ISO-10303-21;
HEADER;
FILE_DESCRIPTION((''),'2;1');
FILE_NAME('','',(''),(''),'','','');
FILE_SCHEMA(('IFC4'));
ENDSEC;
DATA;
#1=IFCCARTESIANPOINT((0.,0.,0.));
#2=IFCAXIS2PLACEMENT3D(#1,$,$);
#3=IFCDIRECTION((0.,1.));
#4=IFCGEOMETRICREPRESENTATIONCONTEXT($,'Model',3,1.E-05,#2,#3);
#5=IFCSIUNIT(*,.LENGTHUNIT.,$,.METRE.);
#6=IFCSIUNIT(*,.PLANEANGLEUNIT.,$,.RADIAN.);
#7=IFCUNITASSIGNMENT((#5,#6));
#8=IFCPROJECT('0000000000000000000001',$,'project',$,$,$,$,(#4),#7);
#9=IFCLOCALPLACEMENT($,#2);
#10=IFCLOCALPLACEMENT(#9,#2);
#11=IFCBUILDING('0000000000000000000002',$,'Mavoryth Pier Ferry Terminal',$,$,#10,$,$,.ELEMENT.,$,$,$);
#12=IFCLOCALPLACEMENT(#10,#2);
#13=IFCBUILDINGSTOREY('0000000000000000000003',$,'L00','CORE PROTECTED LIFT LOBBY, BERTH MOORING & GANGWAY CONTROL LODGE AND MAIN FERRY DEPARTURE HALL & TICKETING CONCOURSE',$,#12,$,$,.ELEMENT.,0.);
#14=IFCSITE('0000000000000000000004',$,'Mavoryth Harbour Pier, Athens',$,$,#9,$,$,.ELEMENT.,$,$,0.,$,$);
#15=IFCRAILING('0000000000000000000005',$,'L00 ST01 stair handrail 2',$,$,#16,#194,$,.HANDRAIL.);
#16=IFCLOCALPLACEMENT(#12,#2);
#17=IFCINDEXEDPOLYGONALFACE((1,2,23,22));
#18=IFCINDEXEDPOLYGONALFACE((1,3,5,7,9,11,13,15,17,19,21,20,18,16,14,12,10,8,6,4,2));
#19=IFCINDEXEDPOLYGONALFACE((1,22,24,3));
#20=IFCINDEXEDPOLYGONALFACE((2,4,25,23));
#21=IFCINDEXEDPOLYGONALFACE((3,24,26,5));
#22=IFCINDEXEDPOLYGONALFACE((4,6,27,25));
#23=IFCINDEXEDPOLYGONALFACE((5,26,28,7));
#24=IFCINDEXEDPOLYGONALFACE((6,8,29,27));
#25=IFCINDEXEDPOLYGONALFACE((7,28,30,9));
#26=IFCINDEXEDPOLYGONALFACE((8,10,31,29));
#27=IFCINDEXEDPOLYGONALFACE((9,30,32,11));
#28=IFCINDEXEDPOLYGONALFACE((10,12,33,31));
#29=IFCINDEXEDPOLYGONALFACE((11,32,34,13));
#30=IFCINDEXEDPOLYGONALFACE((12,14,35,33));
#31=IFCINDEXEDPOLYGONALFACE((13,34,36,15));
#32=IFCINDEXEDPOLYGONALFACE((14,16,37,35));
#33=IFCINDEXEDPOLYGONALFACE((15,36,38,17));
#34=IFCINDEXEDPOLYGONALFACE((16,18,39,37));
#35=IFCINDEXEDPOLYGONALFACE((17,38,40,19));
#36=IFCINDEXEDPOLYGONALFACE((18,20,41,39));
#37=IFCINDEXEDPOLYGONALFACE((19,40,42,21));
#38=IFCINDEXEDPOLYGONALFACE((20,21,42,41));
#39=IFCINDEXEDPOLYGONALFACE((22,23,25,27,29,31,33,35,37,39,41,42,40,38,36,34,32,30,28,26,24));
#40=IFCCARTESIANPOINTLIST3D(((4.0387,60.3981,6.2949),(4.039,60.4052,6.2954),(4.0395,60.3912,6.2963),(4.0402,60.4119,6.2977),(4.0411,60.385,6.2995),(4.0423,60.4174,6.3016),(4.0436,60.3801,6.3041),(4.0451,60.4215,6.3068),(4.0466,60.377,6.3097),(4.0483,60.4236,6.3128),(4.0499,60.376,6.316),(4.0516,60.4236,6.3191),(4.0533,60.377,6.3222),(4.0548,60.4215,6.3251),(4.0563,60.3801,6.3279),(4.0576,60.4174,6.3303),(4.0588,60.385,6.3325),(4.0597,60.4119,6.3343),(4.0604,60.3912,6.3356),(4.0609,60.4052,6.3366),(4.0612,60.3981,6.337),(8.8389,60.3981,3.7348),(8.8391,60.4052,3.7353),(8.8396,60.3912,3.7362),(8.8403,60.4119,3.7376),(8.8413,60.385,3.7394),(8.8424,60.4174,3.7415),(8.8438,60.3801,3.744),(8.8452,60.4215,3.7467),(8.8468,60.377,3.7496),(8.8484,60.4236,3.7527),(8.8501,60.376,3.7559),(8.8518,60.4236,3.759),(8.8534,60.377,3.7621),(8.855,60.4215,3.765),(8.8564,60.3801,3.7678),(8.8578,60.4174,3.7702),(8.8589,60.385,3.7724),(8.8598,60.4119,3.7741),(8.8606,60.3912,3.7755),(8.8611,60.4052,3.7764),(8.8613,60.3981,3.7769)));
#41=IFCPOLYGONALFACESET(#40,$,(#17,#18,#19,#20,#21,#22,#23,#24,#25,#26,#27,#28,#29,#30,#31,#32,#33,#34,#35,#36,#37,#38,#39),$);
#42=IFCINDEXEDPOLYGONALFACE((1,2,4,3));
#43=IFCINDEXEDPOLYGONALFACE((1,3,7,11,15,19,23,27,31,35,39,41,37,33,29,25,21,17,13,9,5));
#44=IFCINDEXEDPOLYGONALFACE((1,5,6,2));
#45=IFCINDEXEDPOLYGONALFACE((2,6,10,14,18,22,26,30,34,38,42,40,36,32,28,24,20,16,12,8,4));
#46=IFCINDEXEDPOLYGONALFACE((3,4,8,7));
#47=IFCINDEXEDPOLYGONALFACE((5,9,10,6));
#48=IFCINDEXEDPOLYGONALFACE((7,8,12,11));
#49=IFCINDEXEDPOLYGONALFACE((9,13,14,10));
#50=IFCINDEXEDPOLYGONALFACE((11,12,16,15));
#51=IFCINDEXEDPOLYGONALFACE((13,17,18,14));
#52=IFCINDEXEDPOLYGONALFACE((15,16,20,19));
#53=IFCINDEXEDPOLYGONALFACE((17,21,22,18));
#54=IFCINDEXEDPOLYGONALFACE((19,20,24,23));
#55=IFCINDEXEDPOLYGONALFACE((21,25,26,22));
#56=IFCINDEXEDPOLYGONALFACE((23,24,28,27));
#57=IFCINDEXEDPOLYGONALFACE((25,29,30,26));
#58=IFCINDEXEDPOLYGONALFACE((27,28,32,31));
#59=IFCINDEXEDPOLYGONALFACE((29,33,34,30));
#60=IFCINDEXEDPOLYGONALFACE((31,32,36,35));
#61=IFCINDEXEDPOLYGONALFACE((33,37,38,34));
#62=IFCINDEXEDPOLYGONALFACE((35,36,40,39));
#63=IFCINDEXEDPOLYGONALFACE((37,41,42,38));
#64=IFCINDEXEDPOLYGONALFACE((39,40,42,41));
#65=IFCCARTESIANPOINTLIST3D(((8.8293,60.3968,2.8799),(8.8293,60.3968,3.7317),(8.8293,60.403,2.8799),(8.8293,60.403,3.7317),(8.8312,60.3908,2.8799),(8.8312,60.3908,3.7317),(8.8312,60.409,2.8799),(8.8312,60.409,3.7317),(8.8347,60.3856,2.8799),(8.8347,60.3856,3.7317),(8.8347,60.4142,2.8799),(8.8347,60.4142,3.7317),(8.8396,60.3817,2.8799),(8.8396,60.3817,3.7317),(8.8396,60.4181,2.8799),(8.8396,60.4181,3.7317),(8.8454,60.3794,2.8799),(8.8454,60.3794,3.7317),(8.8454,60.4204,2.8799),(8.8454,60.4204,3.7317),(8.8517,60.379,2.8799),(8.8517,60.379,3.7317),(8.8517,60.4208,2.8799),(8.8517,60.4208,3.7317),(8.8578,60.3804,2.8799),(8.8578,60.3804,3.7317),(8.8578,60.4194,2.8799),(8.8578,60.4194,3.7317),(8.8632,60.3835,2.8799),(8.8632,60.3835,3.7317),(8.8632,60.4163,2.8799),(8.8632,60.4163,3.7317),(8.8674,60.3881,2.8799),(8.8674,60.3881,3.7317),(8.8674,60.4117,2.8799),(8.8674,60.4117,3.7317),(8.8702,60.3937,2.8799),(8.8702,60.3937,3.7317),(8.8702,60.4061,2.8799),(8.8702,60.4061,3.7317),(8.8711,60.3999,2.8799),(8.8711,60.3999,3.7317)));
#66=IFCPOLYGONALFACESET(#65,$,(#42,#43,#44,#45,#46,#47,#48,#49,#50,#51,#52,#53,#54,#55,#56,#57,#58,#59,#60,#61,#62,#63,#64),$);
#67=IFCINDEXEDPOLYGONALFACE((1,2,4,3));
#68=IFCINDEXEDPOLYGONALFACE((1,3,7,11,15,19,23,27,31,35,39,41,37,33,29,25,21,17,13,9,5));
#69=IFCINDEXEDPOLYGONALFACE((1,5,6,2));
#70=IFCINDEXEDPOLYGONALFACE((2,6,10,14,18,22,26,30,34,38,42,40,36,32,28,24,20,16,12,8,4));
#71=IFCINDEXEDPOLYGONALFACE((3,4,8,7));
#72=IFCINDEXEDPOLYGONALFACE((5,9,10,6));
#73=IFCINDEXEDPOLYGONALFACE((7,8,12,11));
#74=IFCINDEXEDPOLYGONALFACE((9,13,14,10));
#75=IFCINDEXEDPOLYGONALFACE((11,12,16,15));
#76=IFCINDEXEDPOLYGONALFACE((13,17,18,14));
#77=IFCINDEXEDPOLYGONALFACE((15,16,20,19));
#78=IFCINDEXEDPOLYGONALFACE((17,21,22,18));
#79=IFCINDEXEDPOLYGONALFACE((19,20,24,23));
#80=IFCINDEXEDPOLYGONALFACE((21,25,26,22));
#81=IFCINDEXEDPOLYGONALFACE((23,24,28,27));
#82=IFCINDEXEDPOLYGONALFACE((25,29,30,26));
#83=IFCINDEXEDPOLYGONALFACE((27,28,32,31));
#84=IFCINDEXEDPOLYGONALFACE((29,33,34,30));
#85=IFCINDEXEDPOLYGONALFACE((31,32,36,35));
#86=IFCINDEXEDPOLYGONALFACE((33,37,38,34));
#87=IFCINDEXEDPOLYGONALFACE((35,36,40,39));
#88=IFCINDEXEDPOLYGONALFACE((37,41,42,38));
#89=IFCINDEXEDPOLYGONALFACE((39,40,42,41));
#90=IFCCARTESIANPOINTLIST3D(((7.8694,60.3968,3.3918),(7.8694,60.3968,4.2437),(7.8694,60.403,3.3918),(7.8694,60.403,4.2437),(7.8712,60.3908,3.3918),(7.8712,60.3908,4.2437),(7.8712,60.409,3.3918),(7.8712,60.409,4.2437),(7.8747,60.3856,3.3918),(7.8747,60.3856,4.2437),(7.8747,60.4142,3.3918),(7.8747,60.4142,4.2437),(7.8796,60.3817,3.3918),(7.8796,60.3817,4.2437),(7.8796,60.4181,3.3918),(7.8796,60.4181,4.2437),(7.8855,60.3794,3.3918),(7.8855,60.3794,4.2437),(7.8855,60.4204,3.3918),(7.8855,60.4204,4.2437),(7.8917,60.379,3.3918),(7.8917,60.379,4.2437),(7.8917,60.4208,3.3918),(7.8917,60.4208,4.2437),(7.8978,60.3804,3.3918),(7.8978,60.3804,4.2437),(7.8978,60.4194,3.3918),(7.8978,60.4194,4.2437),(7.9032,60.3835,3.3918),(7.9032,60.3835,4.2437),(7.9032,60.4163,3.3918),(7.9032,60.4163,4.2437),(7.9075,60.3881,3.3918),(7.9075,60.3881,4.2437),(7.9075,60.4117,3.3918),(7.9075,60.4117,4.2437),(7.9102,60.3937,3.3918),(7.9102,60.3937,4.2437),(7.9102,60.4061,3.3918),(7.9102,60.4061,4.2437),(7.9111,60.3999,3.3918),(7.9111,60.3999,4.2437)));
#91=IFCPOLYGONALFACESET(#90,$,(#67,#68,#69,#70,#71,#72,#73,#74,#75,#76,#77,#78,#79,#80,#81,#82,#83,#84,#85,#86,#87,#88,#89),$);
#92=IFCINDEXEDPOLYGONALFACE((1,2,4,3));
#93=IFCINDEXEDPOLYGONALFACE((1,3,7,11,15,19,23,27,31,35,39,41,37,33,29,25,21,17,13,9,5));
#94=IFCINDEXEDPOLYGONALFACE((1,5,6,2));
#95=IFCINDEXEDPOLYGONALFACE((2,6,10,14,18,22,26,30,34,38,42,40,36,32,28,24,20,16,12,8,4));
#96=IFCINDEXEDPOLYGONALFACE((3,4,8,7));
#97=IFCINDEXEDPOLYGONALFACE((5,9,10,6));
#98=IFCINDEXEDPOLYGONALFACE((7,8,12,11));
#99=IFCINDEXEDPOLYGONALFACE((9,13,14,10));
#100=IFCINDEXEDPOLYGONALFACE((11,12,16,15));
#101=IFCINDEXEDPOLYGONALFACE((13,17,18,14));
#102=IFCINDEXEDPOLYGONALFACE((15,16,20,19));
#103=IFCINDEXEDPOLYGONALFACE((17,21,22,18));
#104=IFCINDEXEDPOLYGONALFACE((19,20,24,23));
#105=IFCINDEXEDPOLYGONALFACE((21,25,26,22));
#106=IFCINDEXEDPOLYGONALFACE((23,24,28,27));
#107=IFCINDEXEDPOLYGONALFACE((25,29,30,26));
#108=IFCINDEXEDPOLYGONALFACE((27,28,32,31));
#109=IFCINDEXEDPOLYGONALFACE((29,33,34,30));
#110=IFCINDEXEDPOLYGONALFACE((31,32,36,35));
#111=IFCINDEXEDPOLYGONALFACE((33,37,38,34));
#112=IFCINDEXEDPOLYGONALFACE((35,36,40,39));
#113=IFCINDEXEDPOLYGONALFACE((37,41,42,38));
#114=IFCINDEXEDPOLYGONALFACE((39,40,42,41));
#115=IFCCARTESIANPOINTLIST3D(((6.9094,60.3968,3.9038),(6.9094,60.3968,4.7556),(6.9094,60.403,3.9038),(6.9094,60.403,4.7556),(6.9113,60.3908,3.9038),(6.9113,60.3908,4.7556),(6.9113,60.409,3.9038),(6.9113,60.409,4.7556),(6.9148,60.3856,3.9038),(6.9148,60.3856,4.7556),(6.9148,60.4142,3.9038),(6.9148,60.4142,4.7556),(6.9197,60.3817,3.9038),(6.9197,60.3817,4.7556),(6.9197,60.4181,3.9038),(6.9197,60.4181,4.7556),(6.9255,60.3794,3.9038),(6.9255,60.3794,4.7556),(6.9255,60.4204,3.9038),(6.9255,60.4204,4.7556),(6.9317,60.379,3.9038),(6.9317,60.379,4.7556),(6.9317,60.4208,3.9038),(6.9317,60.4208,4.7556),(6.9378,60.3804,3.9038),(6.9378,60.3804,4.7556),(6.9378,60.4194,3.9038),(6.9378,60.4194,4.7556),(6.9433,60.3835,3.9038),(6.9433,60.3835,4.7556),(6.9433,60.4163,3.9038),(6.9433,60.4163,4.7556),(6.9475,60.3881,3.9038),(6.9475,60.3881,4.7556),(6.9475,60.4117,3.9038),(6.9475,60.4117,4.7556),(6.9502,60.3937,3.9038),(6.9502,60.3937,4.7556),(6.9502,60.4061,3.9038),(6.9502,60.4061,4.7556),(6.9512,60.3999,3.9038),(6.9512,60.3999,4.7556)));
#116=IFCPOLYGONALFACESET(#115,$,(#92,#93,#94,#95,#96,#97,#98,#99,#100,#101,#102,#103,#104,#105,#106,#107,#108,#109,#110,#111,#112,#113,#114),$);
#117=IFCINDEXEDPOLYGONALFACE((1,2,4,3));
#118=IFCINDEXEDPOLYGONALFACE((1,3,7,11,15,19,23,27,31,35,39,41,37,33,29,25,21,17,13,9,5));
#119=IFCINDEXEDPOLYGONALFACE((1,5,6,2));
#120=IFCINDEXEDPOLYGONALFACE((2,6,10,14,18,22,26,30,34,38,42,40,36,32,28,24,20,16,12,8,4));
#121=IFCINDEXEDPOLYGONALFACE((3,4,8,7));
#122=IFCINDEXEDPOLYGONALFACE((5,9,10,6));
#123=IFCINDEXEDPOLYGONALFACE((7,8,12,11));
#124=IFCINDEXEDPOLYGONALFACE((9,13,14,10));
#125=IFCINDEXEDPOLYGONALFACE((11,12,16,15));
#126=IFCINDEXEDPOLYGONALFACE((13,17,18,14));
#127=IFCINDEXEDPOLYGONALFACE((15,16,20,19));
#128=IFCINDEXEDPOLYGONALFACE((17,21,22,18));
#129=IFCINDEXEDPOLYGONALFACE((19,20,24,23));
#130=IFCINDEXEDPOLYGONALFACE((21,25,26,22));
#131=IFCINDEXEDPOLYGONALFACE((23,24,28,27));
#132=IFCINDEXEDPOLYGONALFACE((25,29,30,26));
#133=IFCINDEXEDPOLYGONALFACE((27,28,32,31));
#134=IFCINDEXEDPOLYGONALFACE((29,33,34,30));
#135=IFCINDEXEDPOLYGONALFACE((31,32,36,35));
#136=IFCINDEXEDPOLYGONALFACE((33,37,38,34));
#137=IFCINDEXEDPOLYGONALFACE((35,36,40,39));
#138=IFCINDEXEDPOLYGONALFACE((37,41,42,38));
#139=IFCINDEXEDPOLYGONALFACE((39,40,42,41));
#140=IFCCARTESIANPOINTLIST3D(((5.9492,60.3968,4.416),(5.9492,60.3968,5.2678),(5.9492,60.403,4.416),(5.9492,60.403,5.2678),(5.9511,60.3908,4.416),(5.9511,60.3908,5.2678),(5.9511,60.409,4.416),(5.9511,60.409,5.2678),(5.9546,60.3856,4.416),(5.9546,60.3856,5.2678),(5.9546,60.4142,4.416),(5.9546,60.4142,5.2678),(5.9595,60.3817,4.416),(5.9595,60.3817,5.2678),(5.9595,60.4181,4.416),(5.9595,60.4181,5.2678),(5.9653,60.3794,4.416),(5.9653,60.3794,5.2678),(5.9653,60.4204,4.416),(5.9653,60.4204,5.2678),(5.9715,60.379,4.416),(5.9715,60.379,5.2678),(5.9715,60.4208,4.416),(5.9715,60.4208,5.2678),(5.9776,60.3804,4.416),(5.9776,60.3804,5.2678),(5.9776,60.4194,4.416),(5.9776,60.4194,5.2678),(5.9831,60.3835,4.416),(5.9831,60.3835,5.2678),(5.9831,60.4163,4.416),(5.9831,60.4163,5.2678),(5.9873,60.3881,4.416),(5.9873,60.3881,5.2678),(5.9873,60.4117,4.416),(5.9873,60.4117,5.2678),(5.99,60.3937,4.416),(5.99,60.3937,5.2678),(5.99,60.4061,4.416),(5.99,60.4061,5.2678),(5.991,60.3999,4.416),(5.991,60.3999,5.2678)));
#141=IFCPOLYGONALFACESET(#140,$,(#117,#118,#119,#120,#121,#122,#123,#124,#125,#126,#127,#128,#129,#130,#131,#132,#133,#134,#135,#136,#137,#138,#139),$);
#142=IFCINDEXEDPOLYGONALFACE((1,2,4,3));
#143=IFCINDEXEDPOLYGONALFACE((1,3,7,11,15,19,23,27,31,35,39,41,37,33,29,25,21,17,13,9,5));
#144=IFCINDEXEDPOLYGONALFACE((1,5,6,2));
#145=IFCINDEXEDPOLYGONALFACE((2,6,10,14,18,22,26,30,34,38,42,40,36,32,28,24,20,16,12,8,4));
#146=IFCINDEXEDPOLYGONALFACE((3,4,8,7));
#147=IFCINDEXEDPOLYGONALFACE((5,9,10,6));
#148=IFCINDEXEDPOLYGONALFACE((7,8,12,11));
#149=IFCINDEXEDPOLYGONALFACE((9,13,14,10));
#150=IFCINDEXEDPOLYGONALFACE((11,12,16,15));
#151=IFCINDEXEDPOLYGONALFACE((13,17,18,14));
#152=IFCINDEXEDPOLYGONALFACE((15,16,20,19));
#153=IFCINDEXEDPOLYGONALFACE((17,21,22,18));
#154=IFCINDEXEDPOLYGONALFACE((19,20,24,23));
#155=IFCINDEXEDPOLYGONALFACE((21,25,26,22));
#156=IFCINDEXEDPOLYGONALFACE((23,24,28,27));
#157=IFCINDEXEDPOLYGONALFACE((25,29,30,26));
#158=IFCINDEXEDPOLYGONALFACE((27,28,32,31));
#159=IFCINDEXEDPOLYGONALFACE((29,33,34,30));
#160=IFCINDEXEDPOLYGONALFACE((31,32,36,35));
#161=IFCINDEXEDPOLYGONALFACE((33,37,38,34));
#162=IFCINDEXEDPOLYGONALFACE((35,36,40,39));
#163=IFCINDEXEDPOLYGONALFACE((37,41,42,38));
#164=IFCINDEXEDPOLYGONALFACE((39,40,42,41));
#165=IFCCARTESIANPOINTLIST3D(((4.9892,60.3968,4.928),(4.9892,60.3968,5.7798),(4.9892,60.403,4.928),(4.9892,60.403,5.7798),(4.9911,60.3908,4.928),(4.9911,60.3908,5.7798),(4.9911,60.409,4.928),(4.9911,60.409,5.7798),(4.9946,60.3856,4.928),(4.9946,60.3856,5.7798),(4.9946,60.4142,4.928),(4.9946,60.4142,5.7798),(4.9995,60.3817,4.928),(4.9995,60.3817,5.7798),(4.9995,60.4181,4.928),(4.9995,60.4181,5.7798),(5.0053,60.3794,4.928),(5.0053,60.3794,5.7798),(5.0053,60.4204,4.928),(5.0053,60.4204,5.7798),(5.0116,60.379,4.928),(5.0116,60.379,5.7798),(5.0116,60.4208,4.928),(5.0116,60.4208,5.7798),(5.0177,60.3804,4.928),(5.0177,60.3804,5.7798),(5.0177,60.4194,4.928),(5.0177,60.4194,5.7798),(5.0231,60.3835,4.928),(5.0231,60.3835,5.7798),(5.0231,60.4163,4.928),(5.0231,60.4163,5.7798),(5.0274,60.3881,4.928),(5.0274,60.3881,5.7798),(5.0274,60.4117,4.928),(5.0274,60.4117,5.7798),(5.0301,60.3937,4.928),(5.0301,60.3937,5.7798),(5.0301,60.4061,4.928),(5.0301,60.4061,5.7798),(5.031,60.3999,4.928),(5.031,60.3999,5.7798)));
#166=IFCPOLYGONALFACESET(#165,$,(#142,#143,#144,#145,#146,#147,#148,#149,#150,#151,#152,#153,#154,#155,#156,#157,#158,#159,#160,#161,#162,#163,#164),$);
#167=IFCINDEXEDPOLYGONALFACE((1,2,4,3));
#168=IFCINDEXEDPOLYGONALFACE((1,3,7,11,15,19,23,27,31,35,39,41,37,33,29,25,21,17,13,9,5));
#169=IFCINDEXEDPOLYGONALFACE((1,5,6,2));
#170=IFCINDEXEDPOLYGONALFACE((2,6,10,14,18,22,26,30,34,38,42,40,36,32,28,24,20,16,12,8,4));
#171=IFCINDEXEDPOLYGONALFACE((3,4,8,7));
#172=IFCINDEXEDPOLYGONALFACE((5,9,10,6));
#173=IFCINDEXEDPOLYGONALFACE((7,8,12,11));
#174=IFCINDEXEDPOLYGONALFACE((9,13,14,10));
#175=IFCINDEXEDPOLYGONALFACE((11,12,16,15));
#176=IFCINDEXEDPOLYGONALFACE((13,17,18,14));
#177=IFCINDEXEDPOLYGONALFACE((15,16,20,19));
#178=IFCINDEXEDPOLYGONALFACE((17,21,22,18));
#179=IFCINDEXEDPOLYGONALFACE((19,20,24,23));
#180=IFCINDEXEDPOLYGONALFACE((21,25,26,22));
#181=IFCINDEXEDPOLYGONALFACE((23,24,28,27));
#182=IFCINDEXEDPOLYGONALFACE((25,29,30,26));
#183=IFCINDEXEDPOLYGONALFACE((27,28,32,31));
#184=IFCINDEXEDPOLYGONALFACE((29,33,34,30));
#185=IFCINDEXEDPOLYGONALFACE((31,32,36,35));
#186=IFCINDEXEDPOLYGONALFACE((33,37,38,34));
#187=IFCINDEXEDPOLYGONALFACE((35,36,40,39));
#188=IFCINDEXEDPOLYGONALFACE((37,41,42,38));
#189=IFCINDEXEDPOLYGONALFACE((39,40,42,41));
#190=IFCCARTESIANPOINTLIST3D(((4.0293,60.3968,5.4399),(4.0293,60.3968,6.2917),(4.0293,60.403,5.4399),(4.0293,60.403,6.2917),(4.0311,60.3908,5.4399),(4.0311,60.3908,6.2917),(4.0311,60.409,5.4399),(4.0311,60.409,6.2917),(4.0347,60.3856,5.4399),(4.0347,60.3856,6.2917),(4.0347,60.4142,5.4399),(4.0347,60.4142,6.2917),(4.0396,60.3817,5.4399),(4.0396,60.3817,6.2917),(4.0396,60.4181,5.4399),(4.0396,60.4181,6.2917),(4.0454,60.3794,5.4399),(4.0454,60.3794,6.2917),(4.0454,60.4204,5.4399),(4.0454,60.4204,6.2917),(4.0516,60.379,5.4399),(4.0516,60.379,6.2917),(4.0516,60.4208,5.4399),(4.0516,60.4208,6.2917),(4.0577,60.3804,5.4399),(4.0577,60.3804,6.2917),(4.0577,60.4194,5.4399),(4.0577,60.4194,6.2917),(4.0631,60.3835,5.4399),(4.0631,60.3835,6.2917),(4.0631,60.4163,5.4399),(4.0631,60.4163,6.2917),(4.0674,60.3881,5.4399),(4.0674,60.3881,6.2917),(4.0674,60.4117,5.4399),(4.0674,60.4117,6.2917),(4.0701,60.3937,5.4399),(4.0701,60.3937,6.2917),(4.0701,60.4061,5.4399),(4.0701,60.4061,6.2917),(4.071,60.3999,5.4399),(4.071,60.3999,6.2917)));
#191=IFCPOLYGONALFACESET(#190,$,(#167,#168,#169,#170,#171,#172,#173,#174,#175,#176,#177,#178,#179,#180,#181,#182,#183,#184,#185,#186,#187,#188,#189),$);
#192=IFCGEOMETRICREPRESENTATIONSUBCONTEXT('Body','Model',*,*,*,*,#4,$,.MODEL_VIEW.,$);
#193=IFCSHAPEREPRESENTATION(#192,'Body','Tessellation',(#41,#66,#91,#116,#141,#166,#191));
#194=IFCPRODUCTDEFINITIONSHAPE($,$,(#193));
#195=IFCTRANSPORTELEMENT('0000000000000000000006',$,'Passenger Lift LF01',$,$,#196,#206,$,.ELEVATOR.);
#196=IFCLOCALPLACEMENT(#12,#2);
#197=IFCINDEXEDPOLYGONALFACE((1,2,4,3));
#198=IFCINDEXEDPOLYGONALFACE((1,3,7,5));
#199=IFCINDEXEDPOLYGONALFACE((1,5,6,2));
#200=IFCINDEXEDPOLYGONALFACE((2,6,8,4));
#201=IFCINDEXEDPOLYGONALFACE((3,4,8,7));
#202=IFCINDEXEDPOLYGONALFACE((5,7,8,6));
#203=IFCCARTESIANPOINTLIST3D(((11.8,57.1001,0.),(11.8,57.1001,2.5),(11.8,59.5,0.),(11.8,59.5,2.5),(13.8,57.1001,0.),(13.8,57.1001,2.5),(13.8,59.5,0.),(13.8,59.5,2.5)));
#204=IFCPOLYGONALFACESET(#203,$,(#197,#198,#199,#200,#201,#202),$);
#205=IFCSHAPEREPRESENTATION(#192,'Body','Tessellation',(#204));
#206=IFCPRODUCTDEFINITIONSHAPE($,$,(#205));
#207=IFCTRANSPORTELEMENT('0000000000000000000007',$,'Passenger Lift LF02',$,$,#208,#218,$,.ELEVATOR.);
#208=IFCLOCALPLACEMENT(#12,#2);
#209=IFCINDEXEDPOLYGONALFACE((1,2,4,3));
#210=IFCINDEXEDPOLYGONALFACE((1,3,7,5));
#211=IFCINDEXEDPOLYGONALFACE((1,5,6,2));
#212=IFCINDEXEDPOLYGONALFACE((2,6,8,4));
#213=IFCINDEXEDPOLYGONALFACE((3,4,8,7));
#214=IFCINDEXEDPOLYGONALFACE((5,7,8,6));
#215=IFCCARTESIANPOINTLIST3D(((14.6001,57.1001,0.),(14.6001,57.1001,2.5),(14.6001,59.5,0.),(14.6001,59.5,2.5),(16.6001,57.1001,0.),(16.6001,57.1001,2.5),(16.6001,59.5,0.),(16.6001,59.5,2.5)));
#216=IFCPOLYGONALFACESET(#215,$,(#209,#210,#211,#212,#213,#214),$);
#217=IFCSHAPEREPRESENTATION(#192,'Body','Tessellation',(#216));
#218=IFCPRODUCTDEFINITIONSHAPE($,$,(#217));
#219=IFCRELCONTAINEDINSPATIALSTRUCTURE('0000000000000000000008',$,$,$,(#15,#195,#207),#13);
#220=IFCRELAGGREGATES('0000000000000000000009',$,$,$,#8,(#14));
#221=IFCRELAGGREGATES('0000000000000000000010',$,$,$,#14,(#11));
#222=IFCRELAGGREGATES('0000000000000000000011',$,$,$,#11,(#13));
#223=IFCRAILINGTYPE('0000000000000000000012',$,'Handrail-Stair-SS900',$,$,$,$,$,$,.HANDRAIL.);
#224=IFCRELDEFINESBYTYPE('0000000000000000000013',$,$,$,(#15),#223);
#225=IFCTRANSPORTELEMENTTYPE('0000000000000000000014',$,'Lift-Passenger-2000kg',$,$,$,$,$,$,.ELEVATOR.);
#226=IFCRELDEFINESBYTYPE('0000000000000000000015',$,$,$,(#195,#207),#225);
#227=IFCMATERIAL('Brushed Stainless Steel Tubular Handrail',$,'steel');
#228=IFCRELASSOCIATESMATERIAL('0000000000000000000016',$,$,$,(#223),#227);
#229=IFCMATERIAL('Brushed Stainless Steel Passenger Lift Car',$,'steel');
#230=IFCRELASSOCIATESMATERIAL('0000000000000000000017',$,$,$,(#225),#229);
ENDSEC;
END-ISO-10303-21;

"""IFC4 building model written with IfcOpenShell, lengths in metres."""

from ifc_helpers import new_model, si_unit, direction, frame, origin, origin_2d, place, context, subcontext, project, spatial, rectangle, circle, extrude, material, type_object, element, save


model = new_model("IFC4")

# Units and contexts
model_context = context("Model", 3, precision=1e-05, world=origin(), true_north=direction((0.0, 1.0)))
body_context = subcontext(model_context, "Body", "Model", "MODEL_VIEW")
ifc_project = project(units=[si_unit("LENGTHUNIT", "METRE"), si_unit("PLANEANGLEUNIT", "RADIAN")], contexts=[model_context])

# Site, building, storey
site_placement = place(None, origin())
site = spatial("IfcSite", under=ifc_project, at=site_placement, Name="Mavoryth Harbour Pier, Athens", CompositionType="ELEMENT", RefElevation=0.0)
building_placement = place(site_placement, origin())
building = spatial("IfcBuilding", under=site, at=building_placement, Name="Mavoryth Pier Ferry Terminal", CompositionType="ELEMENT")
storey_placement = place(building_placement, origin())
storey = spatial("IfcBuildingStorey", under=building, at=storey_placement, Name="L00", Description="CORE PROTECTED LIFT LOBBY, BERTH MOORING & GANGWAY CONTROL LODGE AND MAIN FERRY DEPARTURE HALL & TICKETING CONCOURSE", CompositionType="ELEMENT", Elevation=0.0)

# Railing
ifc_material_1 = material(Name="Brushed Stainless Steel Tubular Handrail", Category="steel")
railing_type_1 = type_object("IfcRailingType", Name="Handrail-Stair-SS900", PredefinedType="HANDRAIL", material=ifc_material_1)
railing_1_placement = place(storey_placement, frame((8.8501, 60.3999, 2.8799)))
element("IfcRailing", 1, at=railing_1_placement, inside=storey, type_object=railing_type_1, Name="L00 ST01 stair handrail 2", PredefinedType="HANDRAIL", context=body_context, shape_type="SweptSolid", body=[
    extrude(circle(Radius=0.0239, at=origin_2d()), frame((0.0, 0.0, 0.876), z_axis=(-0.88235, 0.0, 0.470593), x_axis=(0.0, -1.0, 0.0)), (0.0, 0.0, 1.0), 5.4402),
    extrude(circle(Radius=0.021, at=origin_2d()), origin(), (0.0, 0.0, 1.0), 0.8518),
    extrude(circle(Radius=0.021, at=origin_2d()), frame((-0.96, 0.0, 0.512)), (0.0, 0.0, 1.0), 0.8518),
    extrude(circle(Radius=0.021, at=origin_2d()), frame((-1.9199, 0.0, 1.0239)), (0.0, 0.0, 1.0), 0.8518),
    extrude(circle(Radius=0.021, at=origin_2d()), frame((-2.8801, 0.0, 1.5361)), (0.0, 0.0, 1.0), 0.8518),
    extrude(circle(Radius=0.021, at=origin_2d()), frame((-3.8401, 0.0, 2.0481)), (0.0, 0.0, 1.0), 0.8518),
    extrude(circle(Radius=0.021, at=origin_2d()), frame((-4.8, 0.0, 2.5601)), (0.0, 0.0, 1.0), 0.8518),
])

# Transport elements
ifc_material_2 = material(Name="Brushed Stainless Steel Passenger Lift Car", Category="steel")
transport_element_type = type_object("IfcTransportElementType", Name="Lift-Passenger-2000kg", PredefinedType="ELEVATOR", material=ifc_material_2)
for number, where, z_axis, x_axis, name in (
    (2, (12.8, 58.3, 0.0), (0.0, 0.0, 1.0), (1.0, 0.0, 0.0), "Passenger Lift LF01"),
    (3, (15.6001, 58.3, 0.0), (0.0, 0.0, 1.0), (1.0, 0.0, 0.0), "Passenger Lift LF02"),
):
    element("IfcTransportElement", number, at=place(storey_placement, frame(where, z_axis=z_axis, x_axis=x_axis)), inside=storey, type_object=transport_element_type, Name=name, PredefinedType="ELEVATOR", context=body_context, shape_type="SweptSolid", body=[
        extrude(rectangle(XDim=2.0, YDim=2.3999, at=origin_2d()), origin(), (0.0, 0.0, 1.0), 2.5),
    ])

save(model, "model.ifc")
